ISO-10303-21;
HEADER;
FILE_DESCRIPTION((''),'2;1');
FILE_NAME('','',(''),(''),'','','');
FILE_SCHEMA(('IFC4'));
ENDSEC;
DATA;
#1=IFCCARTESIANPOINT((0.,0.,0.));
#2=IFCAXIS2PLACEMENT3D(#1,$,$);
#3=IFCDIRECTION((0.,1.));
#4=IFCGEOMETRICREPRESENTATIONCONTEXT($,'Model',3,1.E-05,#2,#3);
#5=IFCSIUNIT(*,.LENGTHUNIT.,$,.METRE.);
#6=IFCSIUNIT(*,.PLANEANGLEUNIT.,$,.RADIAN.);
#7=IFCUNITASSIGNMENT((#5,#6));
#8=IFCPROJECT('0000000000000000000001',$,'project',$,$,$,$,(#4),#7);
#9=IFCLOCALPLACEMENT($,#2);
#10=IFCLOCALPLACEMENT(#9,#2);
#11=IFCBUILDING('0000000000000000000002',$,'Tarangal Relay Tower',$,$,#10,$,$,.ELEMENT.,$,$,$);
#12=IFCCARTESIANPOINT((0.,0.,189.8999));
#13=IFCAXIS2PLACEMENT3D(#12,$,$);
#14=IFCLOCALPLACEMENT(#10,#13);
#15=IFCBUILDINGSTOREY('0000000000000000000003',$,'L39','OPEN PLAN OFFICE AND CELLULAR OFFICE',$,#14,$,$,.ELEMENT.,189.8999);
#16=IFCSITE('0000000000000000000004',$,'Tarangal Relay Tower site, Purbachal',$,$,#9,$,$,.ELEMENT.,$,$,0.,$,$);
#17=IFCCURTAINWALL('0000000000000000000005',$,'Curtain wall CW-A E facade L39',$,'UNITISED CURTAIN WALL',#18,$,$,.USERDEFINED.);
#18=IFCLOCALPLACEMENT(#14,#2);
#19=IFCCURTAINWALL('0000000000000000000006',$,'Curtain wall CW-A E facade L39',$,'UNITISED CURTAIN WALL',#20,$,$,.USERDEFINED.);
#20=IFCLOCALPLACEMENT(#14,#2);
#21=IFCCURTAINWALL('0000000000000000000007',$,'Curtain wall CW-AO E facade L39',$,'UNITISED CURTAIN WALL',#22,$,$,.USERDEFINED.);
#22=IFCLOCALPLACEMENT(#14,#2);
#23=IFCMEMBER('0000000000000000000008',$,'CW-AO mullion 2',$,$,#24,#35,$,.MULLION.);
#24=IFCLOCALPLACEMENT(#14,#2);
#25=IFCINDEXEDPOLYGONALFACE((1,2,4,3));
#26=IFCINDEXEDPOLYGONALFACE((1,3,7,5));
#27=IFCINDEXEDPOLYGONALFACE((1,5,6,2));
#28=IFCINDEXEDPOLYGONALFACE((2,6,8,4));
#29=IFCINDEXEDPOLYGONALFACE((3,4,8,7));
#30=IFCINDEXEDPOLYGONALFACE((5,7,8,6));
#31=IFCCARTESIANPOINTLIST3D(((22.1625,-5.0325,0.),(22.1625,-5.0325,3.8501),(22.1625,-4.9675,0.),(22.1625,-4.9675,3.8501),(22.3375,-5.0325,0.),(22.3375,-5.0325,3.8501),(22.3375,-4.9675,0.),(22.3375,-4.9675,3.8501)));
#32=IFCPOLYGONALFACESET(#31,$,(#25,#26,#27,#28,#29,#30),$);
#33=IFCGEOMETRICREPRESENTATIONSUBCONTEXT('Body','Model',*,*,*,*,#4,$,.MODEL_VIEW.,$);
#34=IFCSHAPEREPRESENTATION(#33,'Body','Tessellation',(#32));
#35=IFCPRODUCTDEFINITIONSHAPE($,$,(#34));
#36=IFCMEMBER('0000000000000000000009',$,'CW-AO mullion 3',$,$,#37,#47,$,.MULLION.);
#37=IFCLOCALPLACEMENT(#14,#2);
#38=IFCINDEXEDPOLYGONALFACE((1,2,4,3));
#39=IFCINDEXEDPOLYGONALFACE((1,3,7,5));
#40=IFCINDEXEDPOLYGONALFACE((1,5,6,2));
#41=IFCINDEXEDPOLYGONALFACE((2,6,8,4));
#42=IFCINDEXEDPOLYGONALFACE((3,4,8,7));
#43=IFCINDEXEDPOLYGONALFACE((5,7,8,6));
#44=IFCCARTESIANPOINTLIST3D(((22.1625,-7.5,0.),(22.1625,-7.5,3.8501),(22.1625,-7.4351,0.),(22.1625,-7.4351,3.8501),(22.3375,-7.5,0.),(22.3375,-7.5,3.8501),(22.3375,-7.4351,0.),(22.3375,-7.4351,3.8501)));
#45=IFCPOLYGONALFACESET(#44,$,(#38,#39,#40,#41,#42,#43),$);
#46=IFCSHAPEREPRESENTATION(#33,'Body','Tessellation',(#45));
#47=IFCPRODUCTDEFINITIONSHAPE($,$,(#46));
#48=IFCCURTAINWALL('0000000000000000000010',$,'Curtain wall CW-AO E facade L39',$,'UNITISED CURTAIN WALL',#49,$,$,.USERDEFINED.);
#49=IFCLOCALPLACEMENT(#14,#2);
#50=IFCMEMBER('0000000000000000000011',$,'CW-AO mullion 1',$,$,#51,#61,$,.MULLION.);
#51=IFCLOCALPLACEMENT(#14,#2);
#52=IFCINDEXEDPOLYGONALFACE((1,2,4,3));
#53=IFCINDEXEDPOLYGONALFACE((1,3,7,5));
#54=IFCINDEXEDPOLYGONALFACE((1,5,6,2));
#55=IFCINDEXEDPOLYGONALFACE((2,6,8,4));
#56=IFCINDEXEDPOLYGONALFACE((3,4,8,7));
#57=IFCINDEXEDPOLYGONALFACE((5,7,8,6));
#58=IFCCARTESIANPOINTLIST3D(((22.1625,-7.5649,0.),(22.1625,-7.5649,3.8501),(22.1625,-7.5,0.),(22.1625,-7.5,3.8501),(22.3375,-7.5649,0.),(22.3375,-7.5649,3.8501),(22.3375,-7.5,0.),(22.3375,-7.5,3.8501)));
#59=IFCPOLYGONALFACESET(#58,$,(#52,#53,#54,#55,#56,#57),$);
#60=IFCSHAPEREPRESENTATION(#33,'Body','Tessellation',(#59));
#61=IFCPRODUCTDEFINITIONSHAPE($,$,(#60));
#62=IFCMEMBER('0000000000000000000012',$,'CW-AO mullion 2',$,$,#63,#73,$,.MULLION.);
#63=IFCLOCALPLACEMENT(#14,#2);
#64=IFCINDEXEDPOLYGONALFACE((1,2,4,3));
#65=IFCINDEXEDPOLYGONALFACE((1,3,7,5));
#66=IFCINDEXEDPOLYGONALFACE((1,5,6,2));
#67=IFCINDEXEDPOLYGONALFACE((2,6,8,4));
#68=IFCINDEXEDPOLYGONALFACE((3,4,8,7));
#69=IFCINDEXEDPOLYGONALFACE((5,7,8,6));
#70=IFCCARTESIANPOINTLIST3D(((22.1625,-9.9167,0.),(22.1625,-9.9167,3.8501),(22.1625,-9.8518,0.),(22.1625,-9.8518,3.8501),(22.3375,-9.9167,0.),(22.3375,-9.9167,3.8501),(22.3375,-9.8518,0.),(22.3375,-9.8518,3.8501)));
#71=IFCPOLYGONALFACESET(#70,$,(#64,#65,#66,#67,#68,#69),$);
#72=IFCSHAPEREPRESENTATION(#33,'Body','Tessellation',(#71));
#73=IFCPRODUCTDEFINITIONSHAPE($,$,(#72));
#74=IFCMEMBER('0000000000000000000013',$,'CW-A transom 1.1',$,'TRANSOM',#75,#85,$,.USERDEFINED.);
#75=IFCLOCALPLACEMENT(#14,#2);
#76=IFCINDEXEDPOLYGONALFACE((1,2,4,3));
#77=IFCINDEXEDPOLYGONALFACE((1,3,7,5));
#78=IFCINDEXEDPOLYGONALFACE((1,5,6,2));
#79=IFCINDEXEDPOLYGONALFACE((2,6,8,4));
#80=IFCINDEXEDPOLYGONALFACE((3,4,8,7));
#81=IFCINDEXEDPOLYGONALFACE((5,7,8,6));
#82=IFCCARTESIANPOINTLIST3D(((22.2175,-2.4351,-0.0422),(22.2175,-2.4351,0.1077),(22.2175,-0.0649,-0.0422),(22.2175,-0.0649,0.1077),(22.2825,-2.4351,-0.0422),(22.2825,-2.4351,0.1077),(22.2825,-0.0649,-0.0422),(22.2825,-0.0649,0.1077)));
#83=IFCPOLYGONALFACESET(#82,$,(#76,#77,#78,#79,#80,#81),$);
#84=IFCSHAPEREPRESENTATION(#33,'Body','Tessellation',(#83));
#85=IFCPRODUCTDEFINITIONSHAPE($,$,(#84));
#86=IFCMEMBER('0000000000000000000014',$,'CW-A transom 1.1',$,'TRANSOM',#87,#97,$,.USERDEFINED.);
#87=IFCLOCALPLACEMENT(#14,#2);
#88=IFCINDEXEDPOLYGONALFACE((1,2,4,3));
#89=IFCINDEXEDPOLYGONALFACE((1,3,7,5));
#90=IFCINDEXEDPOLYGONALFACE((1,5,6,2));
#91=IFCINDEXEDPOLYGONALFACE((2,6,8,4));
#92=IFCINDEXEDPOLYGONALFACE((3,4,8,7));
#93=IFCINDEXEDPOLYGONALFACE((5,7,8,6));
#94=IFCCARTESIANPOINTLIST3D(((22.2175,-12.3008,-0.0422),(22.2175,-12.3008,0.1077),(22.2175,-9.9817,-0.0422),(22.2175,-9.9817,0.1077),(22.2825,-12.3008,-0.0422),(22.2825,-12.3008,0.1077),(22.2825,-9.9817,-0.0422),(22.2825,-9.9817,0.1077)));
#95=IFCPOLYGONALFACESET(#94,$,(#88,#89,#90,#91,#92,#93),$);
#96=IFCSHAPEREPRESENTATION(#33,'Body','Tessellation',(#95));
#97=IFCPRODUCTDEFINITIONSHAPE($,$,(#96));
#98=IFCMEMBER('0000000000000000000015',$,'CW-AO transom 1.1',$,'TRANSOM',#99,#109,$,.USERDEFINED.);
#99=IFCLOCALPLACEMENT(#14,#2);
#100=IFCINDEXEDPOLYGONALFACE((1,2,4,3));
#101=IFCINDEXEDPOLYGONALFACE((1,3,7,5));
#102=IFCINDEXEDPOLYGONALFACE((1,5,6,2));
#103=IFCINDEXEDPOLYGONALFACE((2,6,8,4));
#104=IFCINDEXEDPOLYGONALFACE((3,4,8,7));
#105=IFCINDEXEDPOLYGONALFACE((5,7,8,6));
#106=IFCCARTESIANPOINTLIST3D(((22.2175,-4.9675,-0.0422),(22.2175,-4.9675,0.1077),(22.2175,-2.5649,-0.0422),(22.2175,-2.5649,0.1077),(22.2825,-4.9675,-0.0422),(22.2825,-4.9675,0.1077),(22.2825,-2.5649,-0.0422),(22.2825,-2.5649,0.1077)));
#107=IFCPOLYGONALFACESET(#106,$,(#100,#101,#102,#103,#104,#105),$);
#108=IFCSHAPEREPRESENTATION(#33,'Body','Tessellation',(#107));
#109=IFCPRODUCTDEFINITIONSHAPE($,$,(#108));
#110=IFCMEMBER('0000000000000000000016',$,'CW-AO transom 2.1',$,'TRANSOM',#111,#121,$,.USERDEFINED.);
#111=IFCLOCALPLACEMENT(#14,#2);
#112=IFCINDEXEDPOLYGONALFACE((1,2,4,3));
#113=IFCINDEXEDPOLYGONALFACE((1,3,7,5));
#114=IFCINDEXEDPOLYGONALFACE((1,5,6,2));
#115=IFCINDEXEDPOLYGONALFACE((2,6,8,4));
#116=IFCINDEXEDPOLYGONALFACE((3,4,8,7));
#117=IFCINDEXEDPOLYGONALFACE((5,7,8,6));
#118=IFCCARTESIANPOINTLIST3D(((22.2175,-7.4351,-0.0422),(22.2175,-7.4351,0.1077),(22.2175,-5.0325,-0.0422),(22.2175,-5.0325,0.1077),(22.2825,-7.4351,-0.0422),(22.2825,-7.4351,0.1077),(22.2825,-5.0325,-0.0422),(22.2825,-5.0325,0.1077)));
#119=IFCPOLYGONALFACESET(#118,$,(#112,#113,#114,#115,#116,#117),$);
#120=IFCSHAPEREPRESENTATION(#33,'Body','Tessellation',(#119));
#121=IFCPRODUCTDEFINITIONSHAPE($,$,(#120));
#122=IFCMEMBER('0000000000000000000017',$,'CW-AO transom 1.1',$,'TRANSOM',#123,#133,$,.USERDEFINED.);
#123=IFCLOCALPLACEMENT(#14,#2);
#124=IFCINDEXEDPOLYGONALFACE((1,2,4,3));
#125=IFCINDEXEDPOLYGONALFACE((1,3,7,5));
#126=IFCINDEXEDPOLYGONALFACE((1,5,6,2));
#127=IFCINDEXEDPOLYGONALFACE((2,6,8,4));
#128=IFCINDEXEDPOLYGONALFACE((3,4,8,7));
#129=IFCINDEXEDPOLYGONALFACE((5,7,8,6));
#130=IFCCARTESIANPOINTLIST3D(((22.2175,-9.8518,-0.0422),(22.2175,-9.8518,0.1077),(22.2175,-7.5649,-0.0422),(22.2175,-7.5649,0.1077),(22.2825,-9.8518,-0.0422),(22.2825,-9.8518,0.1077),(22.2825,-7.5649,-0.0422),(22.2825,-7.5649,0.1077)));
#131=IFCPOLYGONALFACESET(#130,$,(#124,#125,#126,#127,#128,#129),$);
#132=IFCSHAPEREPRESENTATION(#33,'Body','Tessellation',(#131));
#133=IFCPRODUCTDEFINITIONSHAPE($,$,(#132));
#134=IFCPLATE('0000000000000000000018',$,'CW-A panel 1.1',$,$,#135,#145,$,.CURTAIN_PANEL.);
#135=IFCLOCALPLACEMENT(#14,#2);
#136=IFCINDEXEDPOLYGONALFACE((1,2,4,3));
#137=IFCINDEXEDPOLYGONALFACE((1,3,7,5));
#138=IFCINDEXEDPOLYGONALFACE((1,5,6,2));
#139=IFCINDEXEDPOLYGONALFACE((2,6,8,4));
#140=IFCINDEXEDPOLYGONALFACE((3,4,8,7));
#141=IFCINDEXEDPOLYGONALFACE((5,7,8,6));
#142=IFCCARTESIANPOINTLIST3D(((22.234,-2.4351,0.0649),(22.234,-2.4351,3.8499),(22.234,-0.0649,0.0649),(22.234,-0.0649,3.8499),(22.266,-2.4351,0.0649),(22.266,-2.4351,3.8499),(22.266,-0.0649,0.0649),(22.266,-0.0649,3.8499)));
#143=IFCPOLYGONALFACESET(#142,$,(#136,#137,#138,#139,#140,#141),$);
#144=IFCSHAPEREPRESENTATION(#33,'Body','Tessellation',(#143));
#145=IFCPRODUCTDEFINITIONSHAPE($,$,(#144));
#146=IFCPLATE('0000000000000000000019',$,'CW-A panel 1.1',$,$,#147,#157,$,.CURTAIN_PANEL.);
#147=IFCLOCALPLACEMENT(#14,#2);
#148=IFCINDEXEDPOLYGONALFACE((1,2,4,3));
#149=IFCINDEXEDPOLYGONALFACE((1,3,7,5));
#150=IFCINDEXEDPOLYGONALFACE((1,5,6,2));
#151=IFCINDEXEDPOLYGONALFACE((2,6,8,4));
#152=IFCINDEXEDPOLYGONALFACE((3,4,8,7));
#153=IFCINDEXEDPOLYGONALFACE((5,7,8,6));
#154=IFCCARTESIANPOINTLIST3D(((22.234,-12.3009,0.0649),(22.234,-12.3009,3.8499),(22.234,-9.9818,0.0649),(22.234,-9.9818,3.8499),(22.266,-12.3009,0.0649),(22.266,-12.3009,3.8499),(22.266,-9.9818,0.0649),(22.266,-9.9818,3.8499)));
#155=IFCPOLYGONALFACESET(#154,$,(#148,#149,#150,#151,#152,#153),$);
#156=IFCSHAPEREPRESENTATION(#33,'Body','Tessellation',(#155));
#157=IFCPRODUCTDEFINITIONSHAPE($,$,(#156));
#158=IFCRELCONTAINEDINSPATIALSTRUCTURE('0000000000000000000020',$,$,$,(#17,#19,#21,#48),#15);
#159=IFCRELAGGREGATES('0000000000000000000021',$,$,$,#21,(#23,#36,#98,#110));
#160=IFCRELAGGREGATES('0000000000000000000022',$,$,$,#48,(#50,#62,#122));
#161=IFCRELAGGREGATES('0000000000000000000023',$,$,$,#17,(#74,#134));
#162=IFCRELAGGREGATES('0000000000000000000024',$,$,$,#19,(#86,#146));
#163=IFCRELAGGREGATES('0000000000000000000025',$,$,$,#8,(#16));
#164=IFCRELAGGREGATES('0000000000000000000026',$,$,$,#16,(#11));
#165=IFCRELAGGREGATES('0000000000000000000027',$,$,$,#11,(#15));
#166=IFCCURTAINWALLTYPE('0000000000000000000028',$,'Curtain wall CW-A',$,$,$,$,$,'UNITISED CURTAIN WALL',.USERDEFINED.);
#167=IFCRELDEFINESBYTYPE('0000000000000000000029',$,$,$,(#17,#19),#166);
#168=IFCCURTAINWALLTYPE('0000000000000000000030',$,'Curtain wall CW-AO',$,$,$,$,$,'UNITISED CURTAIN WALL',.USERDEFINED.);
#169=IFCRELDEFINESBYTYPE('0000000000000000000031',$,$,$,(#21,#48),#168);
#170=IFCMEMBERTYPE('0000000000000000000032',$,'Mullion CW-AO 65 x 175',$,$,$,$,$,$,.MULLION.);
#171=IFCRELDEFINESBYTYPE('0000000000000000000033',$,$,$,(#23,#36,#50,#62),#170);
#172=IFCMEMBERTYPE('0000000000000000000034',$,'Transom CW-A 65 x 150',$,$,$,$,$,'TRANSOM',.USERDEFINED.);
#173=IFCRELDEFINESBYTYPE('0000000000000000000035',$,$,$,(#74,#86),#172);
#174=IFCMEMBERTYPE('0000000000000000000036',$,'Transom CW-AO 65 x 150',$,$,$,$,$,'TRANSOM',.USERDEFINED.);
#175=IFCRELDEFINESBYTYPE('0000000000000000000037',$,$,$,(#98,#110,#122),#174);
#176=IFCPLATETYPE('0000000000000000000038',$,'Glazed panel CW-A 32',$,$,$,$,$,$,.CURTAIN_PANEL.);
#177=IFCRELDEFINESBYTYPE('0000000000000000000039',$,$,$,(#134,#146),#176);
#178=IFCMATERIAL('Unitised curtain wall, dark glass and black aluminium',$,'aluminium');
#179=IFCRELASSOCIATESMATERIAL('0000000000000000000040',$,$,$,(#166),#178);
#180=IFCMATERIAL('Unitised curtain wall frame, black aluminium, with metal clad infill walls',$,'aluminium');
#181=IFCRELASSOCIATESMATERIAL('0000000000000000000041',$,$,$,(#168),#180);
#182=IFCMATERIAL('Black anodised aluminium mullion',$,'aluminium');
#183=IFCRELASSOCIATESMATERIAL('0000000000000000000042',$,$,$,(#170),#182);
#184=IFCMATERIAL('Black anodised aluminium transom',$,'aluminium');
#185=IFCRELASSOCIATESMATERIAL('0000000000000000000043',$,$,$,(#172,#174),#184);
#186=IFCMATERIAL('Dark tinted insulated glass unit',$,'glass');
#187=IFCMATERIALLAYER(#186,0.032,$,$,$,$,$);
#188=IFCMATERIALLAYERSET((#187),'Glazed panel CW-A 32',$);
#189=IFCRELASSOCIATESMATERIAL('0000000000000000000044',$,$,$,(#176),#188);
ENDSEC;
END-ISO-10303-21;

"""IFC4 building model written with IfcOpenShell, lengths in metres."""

from ifc_helpers import new_model, si_unit, direction, frame, origin, origin_2d, place, context, subcontext, project, spatial, rectangle, extrude, material, layer, layer_set, material_profile, profile_set, type_object, element, aggregate, save


model = new_model("IFC4")

# Units and contexts
model_context = context("Model", 3, precision=1e-05, world=origin(), true_north=direction((0.0, 1.0)))
body_context = subcontext(model_context, "Body", "Model", "MODEL_VIEW")
ifc_project = project(units=[si_unit("LENGTHUNIT", "METRE"), si_unit("PLANEANGLEUNIT", "RADIAN")], contexts=[model_context])

# Site, building, storey
site_placement = place(None, origin())
site = spatial("IfcSite", under=ifc_project, at=site_placement, Name="Tarangal Relay Tower site, Purbachal", CompositionType="ELEMENT", RefElevation=0.0)
building_placement = place(site_placement, origin())
building = spatial("IfcBuilding", under=site, at=building_placement, Name="Tarangal Relay Tower", CompositionType="ELEMENT")
storey_placement = place(building_placement, frame((0.0, 0.0, 189.8999)))
storey = spatial("IfcBuildingStorey", under=building, at=storey_placement, Name="L39", Description="OPEN PLAN OFFICE AND CELLULAR OFFICE", CompositionType="ELEMENT", Elevation=189.8999)

# Curtain wall
ifc_material_1 = material(Name="Unitised curtain wall, dark glass and black aluminium", Category="aluminium")
curtain_wall_type_1 = type_object("IfcCurtainWallType", Name="Curtain wall CW-A", ElementType="UNITISED CURTAIN WALL", PredefinedType="USERDEFINED", material=ifc_material_1)
curtain_wall_1_placement = place(storey_placement, origin())
curtain_wall_1 = element("IfcCurtainWall", 1, at=curtain_wall_1_placement, inside=storey, type_object=curtain_wall_type_1, Name="Curtain wall CW-A E facade L39", ObjectType="UNITISED CURTAIN WALL", PredefinedType="USERDEFINED")
ifc_material_2 = material(Name="Black anodised aluminium mullion", Category="aluminium")

# Curtain wall
curtain_wall_2_placement = place(storey_placement, origin())
curtain_wall_2 = element("IfcCurtainWall", 2, at=curtain_wall_2_placement, inside=storey, type_object=curtain_wall_type_1, Name="Curtain wall CW-A E facade L39", ObjectType="UNITISED CURTAIN WALL", PredefinedType="USERDEFINED")

# Curtain walls, members
ifc_material_3 = material(Name="Unitised curtain wall frame, black aluminium, with metal clad infill walls", Category="aluminium")
curtain_wall_type_2 = type_object("IfcCurtainWallType", Name="Curtain wall CW-AO", ElementType="UNITISED CURTAIN WALL", PredefinedType="USERDEFINED", material=ifc_material_3)
curtain_wall_3_placement = place(storey_placement, origin())
curtain_wall_3 = element("IfcCurtainWall", 3, at=curtain_wall_3_placement, inside=storey, type_object=curtain_wall_type_2, Name="Curtain wall CW-AO E facade L39", ObjectType="UNITISED CURTAIN WALL", PredefinedType="USERDEFINED")
ifc_material_profile_1 = material_profile(ifc_material_2, rectangle(XDim=0.175, YDim=0.0649, at=origin_2d()), Name="CW-AOM 65X175")
ifc_profile_set_1 = profile_set([ifc_material_profile_1], Name="Black anodised aluminium mullion")
member_type_1 = type_object("IfcMemberType", Name="Mullion CW-AO 65 x 175", PredefinedType="MULLION", material=ifc_profile_set_1)
member_1_placement = place(storey_placement, frame((22.25, -5.0, 0.0), z_axis=(0.0, 0.0, 1.0), x_axis=(1.0, 0.0, 0.0)))
member_1 = element("IfcMember", 4, at=member_1_placement, type_object=member_type_1, Name="CW-AO mullion 2", PredefinedType="MULLION", context=body_context, shape_type="SweptSolid", body=[
    extrude(rectangle(XDim=0.175, YDim=0.0649, at=origin_2d()), origin(), (0.0, 0.0, 1.0), 3.8501),
])
member_2_placement = place(storey_placement, frame((22.25, -7.4675, 0.0), z_axis=(0.0, 0.0, 1.0), x_axis=(1.0, 0.0, 0.0)))
member_2 = element("IfcMember", 5, at=member_2_placement, type_object=member_type_1, Name="CW-AO mullion 3", PredefinedType="MULLION", context=body_context, shape_type="SweptSolid", body=[
    extrude(rectangle(XDim=0.175, YDim=0.0649, at=origin_2d()), origin(), (0.0, 0.0, 1.0), 3.8501),
])
curtain_wall_4_placement = place(storey_placement, origin())
curtain_wall_4 = element("IfcCurtainWall", 6, at=curtain_wall_4_placement, inside=storey, type_object=curtain_wall_type_2, Name="Curtain wall CW-AO E facade L39", ObjectType="UNITISED CURTAIN WALL", PredefinedType="USERDEFINED")
member_3_placement = place(storey_placement, frame((22.25, -7.5325, 0.0), z_axis=(0.0, 0.0, 1.0), x_axis=(1.0, 0.0, 0.0)))
member_3 = element("IfcMember", 7, at=member_3_placement, type_object=member_type_1, Name="CW-AO mullion 1", PredefinedType="MULLION", context=body_context, shape_type="SweptSolid", body=[
    extrude(rectangle(XDim=0.175, YDim=0.0649, at=origin_2d()), origin(), (0.0, 0.0, 1.0), 3.8501),
])
member_4_placement = place(storey_placement, frame((22.25, -9.8843, 0.0), z_axis=(0.0, 0.0, 1.0), x_axis=(1.0, 0.0, 0.0)))
member_4 = element("IfcMember", 8, at=member_4_placement, type_object=member_type_1, Name="CW-AO mullion 2", PredefinedType="MULLION", context=body_context, shape_type="SweptSolid", body=[
    extrude(rectangle(XDim=0.175, YDim=0.0649, at=origin_2d()), origin(), (0.0, 0.0, 1.0), 3.8501),
])

# Members
ifc_material_4 = material(Name="Black anodised aluminium transom", Category="aluminium")
ifc_material_profile_2 = material_profile(ifc_material_4, rectangle(XDim=0.0649, YDim=0.1499, at=origin_2d()), Name="CW-AT 65X150")
ifc_profile_set_2 = profile_set([ifc_material_profile_2], Name="Black anodised aluminium transom")
member_type_2 = type_object("IfcMemberType", Name="Transom CW-A 65 x 150", ElementType="TRANSOM", PredefinedType="USERDEFINED", material=ifc_profile_set_2)
member_5_placement = place(storey_placement, frame((22.25, -0.0649, 0.0327), z_axis=(0.0, -1.0, 0.0), x_axis=(1.0, 0.0, 0.0)))
member_5 = element("IfcMember", 9, at=member_5_placement, type_object=member_type_2, Name="CW-A transom 1.1", ObjectType="TRANSOM", PredefinedType="USERDEFINED", context=body_context, shape_type="SweptSolid", body=[
    extrude(rectangle(XDim=0.0649, YDim=0.1499, at=origin_2d()), origin(), (0.0, 0.0, 1.0), 2.3701),
])
member_6_placement = place(storey_placement, frame((22.25, -9.9817, 0.0327), z_axis=(0.0, -1.0, 0.0), x_axis=(1.0, 0.0, 0.0)))
member_6 = element("IfcMember", 10, at=member_6_placement, type_object=member_type_2, Name="CW-A transom 1.1", ObjectType="TRANSOM", PredefinedType="USERDEFINED", context=body_context, shape_type="SweptSolid", body=[
    extrude(rectangle(XDim=0.0649, YDim=0.1499, at=origin_2d()), origin(), (0.0, 0.0, 1.0), 2.3191),
])
ifc_material_profile_3 = material_profile(ifc_material_4, rectangle(XDim=0.0649, YDim=0.1499, at=origin_2d()), Name="CW-AOT 65X150")
ifc_profile_set_3 = profile_set([ifc_material_profile_3], Name="Black anodised aluminium transom")
member_type_3 = type_object("IfcMemberType", Name="Transom CW-AO 65 x 150", ElementType="TRANSOM", PredefinedType="USERDEFINED", material=ifc_profile_set_3)
member_7_placement = place(storey_placement, frame((22.25, -2.5649, 0.0327), z_axis=(0.0, -1.0, 0.0), x_axis=(1.0, 0.0, 0.0)))
member_7 = element("IfcMember", 11, at=member_7_placement, type_object=member_type_3, Name="CW-AO transom 1.1", ObjectType="TRANSOM", PredefinedType="USERDEFINED", context=body_context, shape_type="SweptSolid", body=[
    extrude(rectangle(XDim=0.0649, YDim=0.1499, at=origin_2d()), origin(), (0.0, 0.0, 1.0), 2.4026),
])
member_8_placement = place(storey_placement, frame((22.25, -5.0325, 0.0327), z_axis=(0.0, -1.0, 0.0), x_axis=(1.0, 0.0, 0.0)))
member_8 = element("IfcMember", 12, at=member_8_placement, type_object=member_type_3, Name="CW-AO transom 2.1", ObjectType="TRANSOM", PredefinedType="USERDEFINED", context=body_context, shape_type="SweptSolid", body=[
    extrude(rectangle(XDim=0.0649, YDim=0.1499, at=origin_2d()), origin(), (0.0, 0.0, 1.0), 2.4026),
])
aggregate(curtain_wall_3, [member_1, member_2, member_7, member_8])
member_9_placement = place(storey_placement, frame((22.25, -7.5649, 0.0327), z_axis=(0.0, -1.0, 0.0), x_axis=(1.0, 0.0, 0.0)))
member_9 = element("IfcMember", 13, at=member_9_placement, type_object=member_type_3, Name="CW-AO transom 1.1", ObjectType="TRANSOM", PredefinedType="USERDEFINED", context=body_context, shape_type="SweptSolid", body=[
    extrude(rectangle(XDim=0.0649, YDim=0.1499, at=origin_2d()), origin(), (0.0, 0.0, 1.0), 2.2869),
])
aggregate(curtain_wall_4, [member_3, member_4, member_9])

# Plates
ifc_material_5 = material(Name="Dark tinted insulated glass unit", Category="glass")
ifc_layer_1 = layer(ifc_material_5, 0.032)
ifc_layer_set_1 = layer_set([ifc_layer_1], Name="Glazed panel CW-A 32")
plate_type = type_object("IfcPlateType", Name="Glazed panel CW-A 32", PredefinedType="CURTAIN_PANEL", material=ifc_layer_set_1)
plate_1_placement = place(storey_placement, frame((22.25, -1.25, 0.0649), z_axis=(0.0, 0.0, 1.0), x_axis=(0.0, -1.0, 0.0)))
plate_1 = element("IfcPlate", 14, at=plate_1_placement, type_object=plate_type, Name="CW-A panel 1.1", PredefinedType="CURTAIN_PANEL", context=body_context, shape_type="SweptSolid", body=[
    extrude(rectangle(XDim=2.3701, YDim=0.032, at=origin_2d()), origin(), (0.0, 0.0, 1.0), 3.7849),
])
aggregate(curtain_wall_1, [member_5, plate_1])
plate_2_placement = place(storey_placement, frame((22.25, -11.1414, 0.0649), z_axis=(0.0, 0.0, 1.0), x_axis=(0.0, -1.0, 0.0)))
plate_2 = element("IfcPlate", 15, at=plate_2_placement, type_object=plate_type, Name="CW-A panel 1.1", PredefinedType="CURTAIN_PANEL", context=body_context, shape_type="SweptSolid", body=[
    extrude(rectangle(XDim=2.3191, YDim=0.032, at=origin_2d()), origin(), (0.0, 0.0, 1.0), 3.7849),
])
aggregate(curtain_wall_2, [member_6, plate_2])

save(model, "model.ifc")
